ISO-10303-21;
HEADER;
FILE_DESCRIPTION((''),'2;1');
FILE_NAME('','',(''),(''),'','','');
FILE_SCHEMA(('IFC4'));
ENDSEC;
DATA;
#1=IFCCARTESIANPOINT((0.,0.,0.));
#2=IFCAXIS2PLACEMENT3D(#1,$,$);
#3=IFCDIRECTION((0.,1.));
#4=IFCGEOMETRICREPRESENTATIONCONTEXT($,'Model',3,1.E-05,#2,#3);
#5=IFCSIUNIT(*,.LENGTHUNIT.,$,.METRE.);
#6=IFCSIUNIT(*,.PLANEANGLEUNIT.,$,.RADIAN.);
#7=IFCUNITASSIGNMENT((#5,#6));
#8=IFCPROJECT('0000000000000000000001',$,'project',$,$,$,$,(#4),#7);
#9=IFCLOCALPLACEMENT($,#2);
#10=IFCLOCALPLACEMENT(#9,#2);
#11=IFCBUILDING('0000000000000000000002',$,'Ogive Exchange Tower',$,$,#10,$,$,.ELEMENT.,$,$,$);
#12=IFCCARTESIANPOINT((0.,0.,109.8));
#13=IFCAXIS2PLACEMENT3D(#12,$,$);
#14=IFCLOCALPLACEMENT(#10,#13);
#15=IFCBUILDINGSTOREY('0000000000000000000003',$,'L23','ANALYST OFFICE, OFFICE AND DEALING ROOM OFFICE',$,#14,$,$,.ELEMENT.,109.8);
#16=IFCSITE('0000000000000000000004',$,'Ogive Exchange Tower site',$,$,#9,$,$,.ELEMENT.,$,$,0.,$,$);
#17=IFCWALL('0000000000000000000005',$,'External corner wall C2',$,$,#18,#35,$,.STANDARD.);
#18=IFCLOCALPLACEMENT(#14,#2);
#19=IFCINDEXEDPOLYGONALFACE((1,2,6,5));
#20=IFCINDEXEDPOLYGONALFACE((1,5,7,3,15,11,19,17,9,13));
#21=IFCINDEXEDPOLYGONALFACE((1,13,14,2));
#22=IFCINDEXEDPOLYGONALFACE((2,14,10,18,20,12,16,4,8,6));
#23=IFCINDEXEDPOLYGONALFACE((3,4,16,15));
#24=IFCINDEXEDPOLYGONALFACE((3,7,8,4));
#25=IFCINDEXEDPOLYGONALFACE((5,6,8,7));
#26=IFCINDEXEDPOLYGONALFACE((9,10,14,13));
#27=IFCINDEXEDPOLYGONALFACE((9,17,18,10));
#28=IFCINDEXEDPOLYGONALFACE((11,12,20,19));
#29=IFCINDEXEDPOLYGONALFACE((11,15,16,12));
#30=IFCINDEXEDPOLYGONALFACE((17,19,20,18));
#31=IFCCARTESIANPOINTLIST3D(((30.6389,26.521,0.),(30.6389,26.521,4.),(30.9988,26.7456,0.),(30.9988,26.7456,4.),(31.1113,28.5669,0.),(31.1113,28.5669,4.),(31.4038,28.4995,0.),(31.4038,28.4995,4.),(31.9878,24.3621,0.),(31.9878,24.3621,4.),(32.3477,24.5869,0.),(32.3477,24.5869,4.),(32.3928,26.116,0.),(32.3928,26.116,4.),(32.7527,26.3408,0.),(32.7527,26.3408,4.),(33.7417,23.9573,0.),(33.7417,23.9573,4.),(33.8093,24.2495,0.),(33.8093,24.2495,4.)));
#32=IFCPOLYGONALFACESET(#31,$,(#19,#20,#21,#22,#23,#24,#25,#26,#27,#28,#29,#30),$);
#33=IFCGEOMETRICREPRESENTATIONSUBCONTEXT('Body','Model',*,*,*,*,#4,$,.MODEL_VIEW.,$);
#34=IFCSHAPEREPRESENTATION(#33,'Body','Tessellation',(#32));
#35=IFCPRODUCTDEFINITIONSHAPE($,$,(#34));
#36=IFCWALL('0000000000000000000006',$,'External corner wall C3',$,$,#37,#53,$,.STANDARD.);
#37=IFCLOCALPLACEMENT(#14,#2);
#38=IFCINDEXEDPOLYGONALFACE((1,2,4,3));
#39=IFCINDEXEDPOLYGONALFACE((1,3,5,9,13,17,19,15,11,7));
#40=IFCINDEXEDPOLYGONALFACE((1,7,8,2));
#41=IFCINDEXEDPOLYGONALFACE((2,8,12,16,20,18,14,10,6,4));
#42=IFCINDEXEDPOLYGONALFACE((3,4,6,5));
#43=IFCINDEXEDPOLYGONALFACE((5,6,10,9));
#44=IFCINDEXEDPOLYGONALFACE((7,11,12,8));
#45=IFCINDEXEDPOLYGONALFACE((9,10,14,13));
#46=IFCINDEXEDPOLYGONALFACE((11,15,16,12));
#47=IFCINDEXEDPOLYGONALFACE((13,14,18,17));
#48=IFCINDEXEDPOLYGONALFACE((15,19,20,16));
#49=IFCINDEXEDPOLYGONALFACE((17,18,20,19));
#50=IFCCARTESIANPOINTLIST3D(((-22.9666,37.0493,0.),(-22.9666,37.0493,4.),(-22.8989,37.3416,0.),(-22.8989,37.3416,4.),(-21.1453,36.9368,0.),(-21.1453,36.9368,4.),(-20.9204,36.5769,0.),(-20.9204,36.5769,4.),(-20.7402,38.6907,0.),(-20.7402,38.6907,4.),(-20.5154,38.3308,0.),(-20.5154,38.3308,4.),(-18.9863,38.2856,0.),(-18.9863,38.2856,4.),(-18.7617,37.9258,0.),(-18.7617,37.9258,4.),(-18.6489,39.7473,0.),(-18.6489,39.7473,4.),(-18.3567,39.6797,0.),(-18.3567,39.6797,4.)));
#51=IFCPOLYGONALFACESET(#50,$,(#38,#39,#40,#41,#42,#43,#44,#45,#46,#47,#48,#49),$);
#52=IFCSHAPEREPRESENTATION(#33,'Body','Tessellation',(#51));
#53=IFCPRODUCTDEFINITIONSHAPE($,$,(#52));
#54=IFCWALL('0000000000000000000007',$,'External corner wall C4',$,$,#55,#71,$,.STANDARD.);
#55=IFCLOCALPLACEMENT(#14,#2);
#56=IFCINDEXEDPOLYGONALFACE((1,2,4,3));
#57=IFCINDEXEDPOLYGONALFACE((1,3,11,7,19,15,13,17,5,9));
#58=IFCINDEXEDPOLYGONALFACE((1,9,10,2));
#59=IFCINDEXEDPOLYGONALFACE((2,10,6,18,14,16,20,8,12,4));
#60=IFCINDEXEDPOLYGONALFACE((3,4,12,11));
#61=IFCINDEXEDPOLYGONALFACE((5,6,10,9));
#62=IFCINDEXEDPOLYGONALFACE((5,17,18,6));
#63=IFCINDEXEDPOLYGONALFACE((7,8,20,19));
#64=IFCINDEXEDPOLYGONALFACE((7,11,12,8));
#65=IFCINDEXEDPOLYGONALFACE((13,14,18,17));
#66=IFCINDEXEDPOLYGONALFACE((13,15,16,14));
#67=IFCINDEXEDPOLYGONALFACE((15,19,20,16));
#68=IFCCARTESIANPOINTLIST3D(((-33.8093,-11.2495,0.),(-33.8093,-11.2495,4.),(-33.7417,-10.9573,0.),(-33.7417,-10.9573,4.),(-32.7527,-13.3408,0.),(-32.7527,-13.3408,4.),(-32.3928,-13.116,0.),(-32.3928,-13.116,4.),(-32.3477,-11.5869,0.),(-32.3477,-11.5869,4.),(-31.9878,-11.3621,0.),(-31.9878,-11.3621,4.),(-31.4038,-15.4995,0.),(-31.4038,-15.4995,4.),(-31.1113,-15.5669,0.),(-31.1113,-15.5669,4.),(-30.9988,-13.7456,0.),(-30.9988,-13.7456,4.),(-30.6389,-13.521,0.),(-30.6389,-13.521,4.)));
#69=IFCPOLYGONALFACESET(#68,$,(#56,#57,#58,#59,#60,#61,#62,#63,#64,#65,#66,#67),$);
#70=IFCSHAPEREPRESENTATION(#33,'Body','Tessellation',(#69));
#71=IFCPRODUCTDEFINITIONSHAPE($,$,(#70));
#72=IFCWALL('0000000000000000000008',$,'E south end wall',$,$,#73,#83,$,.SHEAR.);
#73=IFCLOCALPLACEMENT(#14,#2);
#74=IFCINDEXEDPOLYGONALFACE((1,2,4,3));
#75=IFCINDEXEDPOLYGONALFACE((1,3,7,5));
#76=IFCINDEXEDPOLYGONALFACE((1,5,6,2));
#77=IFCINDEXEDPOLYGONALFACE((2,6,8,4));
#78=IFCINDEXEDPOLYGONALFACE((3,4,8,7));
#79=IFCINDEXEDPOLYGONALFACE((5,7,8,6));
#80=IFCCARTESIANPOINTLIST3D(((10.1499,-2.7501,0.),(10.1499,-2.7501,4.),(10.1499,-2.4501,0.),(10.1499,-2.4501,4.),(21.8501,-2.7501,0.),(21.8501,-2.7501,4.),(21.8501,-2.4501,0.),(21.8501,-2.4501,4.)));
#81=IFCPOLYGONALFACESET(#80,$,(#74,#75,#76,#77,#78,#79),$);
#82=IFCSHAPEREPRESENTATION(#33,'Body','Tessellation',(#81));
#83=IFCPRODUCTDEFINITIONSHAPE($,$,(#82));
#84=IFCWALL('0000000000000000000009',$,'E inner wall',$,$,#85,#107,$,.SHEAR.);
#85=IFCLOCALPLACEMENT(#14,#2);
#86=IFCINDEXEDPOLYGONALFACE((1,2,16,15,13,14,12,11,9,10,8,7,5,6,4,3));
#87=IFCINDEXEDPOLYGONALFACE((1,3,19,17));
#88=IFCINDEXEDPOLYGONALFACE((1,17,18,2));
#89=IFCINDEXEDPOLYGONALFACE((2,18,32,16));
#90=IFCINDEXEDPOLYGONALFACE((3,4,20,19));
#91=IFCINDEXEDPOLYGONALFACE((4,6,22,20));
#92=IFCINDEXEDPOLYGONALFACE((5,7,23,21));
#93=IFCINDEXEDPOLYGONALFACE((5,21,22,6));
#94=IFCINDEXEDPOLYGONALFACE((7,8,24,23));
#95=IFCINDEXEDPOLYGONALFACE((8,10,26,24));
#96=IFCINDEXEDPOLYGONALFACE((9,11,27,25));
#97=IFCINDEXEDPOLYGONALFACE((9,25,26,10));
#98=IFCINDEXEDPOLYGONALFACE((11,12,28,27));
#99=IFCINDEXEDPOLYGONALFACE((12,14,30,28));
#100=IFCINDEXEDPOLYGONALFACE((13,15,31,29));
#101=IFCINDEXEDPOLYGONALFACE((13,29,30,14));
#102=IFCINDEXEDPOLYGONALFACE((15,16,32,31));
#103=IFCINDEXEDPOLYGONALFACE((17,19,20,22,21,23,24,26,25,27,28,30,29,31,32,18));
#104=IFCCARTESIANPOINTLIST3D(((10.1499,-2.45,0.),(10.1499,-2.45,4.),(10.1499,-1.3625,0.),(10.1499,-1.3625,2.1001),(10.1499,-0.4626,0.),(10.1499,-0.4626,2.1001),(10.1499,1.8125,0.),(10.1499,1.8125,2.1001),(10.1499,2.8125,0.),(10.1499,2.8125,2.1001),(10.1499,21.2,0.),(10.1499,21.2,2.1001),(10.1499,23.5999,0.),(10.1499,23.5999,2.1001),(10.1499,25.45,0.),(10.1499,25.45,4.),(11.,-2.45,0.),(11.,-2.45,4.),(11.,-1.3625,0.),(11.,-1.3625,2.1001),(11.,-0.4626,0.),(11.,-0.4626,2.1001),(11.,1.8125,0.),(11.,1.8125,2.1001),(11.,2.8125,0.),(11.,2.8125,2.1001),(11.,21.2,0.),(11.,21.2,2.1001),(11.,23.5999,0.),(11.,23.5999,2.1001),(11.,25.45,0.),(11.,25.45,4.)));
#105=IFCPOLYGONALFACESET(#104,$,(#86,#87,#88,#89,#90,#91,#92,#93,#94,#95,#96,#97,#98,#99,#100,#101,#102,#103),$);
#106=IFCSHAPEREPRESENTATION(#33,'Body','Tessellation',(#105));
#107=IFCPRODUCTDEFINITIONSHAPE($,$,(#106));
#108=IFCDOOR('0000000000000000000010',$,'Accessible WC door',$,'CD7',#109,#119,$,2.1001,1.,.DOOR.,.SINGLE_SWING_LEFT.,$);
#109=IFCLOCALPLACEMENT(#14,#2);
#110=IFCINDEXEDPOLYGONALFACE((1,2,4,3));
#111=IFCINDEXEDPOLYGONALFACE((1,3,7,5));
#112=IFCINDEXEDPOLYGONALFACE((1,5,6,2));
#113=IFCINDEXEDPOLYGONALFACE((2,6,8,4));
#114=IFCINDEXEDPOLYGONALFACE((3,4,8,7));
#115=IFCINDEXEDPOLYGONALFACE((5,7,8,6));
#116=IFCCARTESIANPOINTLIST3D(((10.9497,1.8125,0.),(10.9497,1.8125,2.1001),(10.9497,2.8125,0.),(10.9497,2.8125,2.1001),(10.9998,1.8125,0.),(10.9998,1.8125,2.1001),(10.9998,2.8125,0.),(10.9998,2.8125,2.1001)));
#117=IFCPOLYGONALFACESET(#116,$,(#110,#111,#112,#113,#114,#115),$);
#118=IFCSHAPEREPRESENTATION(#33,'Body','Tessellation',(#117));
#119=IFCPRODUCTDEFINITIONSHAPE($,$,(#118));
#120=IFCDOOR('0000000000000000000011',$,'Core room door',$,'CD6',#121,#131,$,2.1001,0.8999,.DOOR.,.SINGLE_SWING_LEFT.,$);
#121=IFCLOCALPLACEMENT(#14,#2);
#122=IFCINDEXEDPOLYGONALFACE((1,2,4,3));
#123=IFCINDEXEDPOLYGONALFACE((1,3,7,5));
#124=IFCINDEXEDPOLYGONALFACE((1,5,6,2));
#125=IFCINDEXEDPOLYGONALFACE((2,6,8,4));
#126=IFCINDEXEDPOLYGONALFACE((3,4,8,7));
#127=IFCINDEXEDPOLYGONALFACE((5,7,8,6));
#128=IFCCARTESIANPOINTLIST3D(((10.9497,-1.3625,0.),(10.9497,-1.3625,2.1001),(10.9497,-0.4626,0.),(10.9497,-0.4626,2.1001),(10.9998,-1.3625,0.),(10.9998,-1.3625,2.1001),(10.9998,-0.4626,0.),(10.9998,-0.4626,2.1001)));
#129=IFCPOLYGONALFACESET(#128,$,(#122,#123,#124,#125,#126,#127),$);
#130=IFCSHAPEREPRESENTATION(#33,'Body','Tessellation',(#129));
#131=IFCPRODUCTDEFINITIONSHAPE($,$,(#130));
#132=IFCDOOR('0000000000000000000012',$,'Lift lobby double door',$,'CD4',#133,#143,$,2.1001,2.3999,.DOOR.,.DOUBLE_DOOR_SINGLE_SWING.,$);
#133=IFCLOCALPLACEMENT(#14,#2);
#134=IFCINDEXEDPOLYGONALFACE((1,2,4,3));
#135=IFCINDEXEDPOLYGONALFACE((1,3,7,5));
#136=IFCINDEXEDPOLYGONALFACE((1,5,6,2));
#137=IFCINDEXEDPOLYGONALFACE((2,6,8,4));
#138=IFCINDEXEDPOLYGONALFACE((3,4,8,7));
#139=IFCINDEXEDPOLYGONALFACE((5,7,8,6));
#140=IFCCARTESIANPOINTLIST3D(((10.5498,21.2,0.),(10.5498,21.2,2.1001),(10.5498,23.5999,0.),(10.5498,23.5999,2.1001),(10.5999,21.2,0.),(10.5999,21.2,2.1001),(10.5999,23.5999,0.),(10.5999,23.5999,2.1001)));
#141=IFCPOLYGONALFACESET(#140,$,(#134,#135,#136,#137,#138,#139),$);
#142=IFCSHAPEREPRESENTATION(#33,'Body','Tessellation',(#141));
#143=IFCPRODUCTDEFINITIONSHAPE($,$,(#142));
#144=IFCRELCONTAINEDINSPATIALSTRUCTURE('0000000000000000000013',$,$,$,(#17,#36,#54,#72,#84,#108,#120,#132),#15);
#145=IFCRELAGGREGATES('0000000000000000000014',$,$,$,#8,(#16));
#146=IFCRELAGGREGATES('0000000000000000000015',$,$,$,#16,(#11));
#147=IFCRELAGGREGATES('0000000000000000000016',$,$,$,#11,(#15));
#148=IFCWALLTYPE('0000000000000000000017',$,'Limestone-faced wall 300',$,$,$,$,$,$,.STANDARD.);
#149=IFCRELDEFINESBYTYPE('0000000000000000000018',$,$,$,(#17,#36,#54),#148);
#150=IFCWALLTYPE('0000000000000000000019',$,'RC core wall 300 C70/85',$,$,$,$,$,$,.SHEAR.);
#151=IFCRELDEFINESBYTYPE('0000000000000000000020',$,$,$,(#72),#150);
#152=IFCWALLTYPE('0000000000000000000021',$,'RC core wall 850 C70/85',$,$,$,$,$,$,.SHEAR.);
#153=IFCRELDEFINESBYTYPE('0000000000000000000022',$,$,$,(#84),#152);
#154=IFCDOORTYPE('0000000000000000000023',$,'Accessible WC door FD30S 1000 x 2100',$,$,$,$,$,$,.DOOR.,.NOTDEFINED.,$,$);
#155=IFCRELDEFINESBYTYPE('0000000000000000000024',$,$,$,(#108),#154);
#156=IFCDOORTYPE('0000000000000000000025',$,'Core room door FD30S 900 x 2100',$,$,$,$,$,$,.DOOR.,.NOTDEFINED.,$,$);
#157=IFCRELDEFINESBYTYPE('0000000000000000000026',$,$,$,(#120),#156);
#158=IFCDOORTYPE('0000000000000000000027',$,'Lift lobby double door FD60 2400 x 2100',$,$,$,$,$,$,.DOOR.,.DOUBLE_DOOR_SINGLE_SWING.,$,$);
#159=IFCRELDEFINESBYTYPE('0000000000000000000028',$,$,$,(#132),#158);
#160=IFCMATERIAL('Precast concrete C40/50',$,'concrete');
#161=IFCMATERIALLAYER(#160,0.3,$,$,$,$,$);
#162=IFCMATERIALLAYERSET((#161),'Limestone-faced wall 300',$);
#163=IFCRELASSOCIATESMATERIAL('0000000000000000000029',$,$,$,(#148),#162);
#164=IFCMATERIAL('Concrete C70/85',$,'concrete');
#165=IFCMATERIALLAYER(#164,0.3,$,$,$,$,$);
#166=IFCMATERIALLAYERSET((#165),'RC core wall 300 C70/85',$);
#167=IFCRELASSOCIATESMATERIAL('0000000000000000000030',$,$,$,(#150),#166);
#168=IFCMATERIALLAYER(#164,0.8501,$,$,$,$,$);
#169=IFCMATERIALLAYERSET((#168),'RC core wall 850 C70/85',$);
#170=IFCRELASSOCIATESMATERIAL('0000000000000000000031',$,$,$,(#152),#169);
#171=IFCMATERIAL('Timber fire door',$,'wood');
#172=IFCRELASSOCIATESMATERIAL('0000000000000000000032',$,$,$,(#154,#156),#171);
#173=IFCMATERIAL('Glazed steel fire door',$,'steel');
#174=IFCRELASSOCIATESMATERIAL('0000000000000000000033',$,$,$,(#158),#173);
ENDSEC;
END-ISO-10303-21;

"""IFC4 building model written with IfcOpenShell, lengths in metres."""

from ifc_helpers import new_model, si_unit, direction, frame, frame_2d, origin, place, context, subcontext, project, spatial, polyline, rectangle, outline, extrude, material, layer, layer_set, type_object, element, fill, save


model = new_model("IFC4")

# Units and contexts
model_context = context("Model", 3, precision=1e-05, world=origin(), true_north=direction((0.0, 1.0)))
body_context = subcontext(model_context, "Body", "Model", "MODEL_VIEW")
ifc_project = project(units=[si_unit("LENGTHUNIT", "METRE"), si_unit("PLANEANGLEUNIT", "RADIAN")], contexts=[model_context])

# Site, building, storey
site_placement = place(None, origin())
site = spatial("IfcSite", under=ifc_project, at=site_placement, Name="Ogive Exchange Tower site", CompositionType="ELEMENT", RefElevation=0.0)
building_placement = place(site_placement, origin())
building = spatial("IfcBuilding", under=site, at=building_placement, Name="Ogive Exchange Tower", CompositionType="ELEMENT")
storey_placement = place(building_placement, frame((0.0, 0.0, 109.8)))
storey = spatial("IfcBuildingStorey", under=building, at=storey_placement, Name="L23", Description="ANALYST OFFICE, OFFICE AND DEALING ROOM OFFICE", CompositionType="ELEMENT", Elevation=109.8)

# Shared definitions
ifc_material_1 = material(Name="Concrete C70/85", Category="concrete")

# Walls
ifc_material_2 = material(Name="Precast concrete C40/50", Category="concrete")
ifc_layer_1 = layer(ifc_material_2, 0.3)
ifc_layer_set_1 = layer_set([ifc_layer_1], Name="Limestone-faced wall 300")
wall_type_1 = type_object("IfcWallType", Name="Limestone-faced wall 300", PredefinedType="STANDARD", material=ifc_layer_set_1)
wall_1_placement = place(storey_placement, origin())
element("IfcWall", 1, at=wall_1_placement, inside=storey, type_object=wall_type_1, Name="External corner wall C2", PredefinedType="STANDARD", context=body_context, shape_type="SweptSolid", body=[
    extrude(outline(polyline([(32.3928, 26.116), (30.6389, 26.521), (31.1113, 28.5669), (31.4038, 28.4995), (30.9988, 26.7456), (32.7527, 26.3408), (32.3477, 24.5869), (33.8093, 24.2495), (33.7417, 23.9573), (31.9878, 24.3621), (32.3928, 26.116)])), origin(), (0.0, 0.0, 1.0), 4.0),
])
wall_2_placement = place(storey_placement, origin())
element("IfcWall", 2, at=wall_2_placement, inside=storey, type_object=wall_type_1, Name="External corner wall C3", PredefinedType="STANDARD", context=body_context, shape_type="SweptSolid", body=[
    extrude(outline(polyline([(-22.9666, 37.0493), (-22.8989, 37.3416), (-21.1453, 36.9368), (-20.7402, 38.6907), (-18.9863, 38.2856), (-18.6489, 39.7473), (-18.3567, 39.6797), (-18.7617, 37.9258), (-20.5154, 38.3308), (-20.9204, 36.5769), (-22.9666, 37.0493)])), origin(), (0.0, 0.0, 1.0), 4.0),
])
wall_3_placement = place(storey_placement, origin())
element("IfcWall", 3, at=wall_3_placement, inside=storey, type_object=wall_type_1, Name="External corner wall C4", PredefinedType="STANDARD", context=body_context, shape_type="SweptSolid", body=[
    extrude(outline(polyline([(-32.3928, -13.116), (-30.6389, -13.521), (-31.1113, -15.5669), (-31.4038, -15.4995), (-30.9988, -13.7456), (-32.7527, -13.3408), (-32.3477, -11.5869), (-33.8093, -11.2495), (-33.7417, -10.9573), (-31.9878, -11.3621), (-32.3928, -13.116)])), origin(), (0.0, 0.0, 1.0), 4.0),
])
ifc_layer_2 = layer(ifc_material_1, 0.3)
ifc_layer_set_2 = layer_set([ifc_layer_2], Name="RC core wall 300 C70/85")
wall_type_2 = type_object("IfcWallType", Name="RC core wall 300 C70/85", PredefinedType="SHEAR", material=ifc_layer_set_2)
wall_4_placement = place(storey_placement, frame((10.1499, -2.6001, 0.0), z_axis=(0.0, 0.0, 1.0), x_axis=(1.0, 0.0, 0.0)))
element("IfcWall", 4, at=wall_4_placement, inside=storey, type_object=wall_type_2, Name="E south end wall", PredefinedType="SHEAR", context=body_context, shape_type="SweptSolid", body=[
    extrude(rectangle(XDim=11.7002, YDim=0.3, at=frame_2d((5.8501, 0.0))), origin(), (0.0, 0.0, 1.0), 4.0),
])

# Wall, openings, doors
ifc_layer_3 = layer(ifc_material_1, 0.8501)
ifc_layer_set_3 = layer_set([ifc_layer_3], Name="RC core wall 850 C70/85")
wall_type_3 = type_object("IfcWallType", Name="RC core wall 850 C70/85", PredefinedType="SHEAR", material=ifc_layer_set_3)
wall_5_placement = place(storey_placement, frame((10.575, -2.45, 0.0), z_axis=(0.0, 0.0, 1.0), x_axis=(0.0, 1.0, 0.0)))
wall_5 = element("IfcWall", 5, at=wall_5_placement, inside=storey, type_object=wall_type_3, Name="E inner wall", PredefinedType="SHEAR", context=body_context, shape_type="SweptSolid", body=[
    extrude(rectangle(XDim=27.8999, YDim=0.8501, at=frame_2d((13.95, 0.0))), origin(), (0.0, 0.0, 1.0), 4.0),
])
opening_1_placement = place(wall_5_placement, frame((23.6499, 0.0, 0.0)))
opening_1 = element("IfcOpeningElement", 6, at=opening_1_placement, cuts=wall_5, PredefinedType="OPENING", context=body_context, shape_type="SweptSolid", body=[
    extrude(rectangle(XDim=2.3999, YDim=2.1001, at=frame_2d((1.2, 1.05))), frame((0.0, 0.4351, 0.0), z_axis=(0.0, -1.0, 0.0), x_axis=(1.0, 0.0, 0.0)), (0.0, 0.0, 1.0), 0.8701),
])
opening_2_placement = place(wall_5_placement, frame((1.0874, 0.0, 0.0)))
opening_2 = element("IfcOpeningElement", 7, at=opening_2_placement, cuts=wall_5, PredefinedType="OPENING", context=body_context, shape_type="SweptSolid", body=[
    extrude(rectangle(XDim=0.8999, YDim=2.1001, at=frame_2d((0.45, 1.05))), frame((0.0, 0.4351, 0.0), z_axis=(0.0, -1.0, 0.0), x_axis=(1.0, 0.0, 0.0)), (0.0, 0.0, 1.0), 0.8701),
])
opening_3_placement = place(wall_5_placement, frame((4.2625, 0.0, 0.0)))
opening_3 = element("IfcOpeningElement", 8, at=opening_3_placement, cuts=wall_5, PredefinedType="OPENING", context=body_context, shape_type="SweptSolid", body=[
    extrude(rectangle(XDim=1.0, YDim=2.1001, at=frame_2d((0.5, 1.05))), frame((0.0, 0.4351, 0.0), z_axis=(0.0, -1.0, 0.0), x_axis=(1.0, 0.0, 0.0)), (0.0, 0.0, 1.0), 0.8701),
])
ifc_material_3 = material(Name="Timber fire door", Category="wood")
door_type_1 = type_object("IfcDoorType", Name="Accessible WC door FD30S 1000 x 2100", OperationType="NOTDEFINED", PredefinedType="DOOR", material=ifc_material_3)
door_1_placement = place(opening_3_placement, frame((1.0, -0.7998, 0.0), z_axis=(0.0, 0.0, 1.0), x_axis=(-1.0, 0.0, 0.0)))
door_1 = element("IfcDoor", 9, at=door_1_placement, inside=storey, type_object=door_type_1, Name="Accessible WC door", ObjectType="CD7", OperationType="SINGLE_SWING_LEFT", OverallHeight=2.1001, OverallWidth=1.0, PredefinedType="DOOR", context=body_context, shape_type="SweptSolid", body=[
    extrude(rectangle(XDim=1.0, YDim=2.1001, at=frame_2d((0.5, 1.05))), frame((0.0, -0.375, 0.0), z_axis=(0.0, -1.0, 0.0), x_axis=(1.0, 0.0, 0.0)), (0.0, 0.0, 1.0), 0.05),
])
fill(opening_3, door_1)
door_type_2 = type_object("IfcDoorType", Name="Core room door FD30S 900 x 2100", OperationType="NOTDEFINED", PredefinedType="DOOR", material=ifc_material_3)
door_2_placement = place(opening_2_placement, frame((0.8999, -0.7998, 0.0), z_axis=(0.0, 0.0, 1.0), x_axis=(-1.0, 0.0, 0.0)))
door_2 = element("IfcDoor", 10, at=door_2_placement, inside=storey, type_object=door_type_2, Name="Core room door", ObjectType="CD6", OperationType="SINGLE_SWING_LEFT", OverallHeight=2.1001, OverallWidth=0.8999, PredefinedType="DOOR", context=body_context, shape_type="SweptSolid", body=[
    extrude(rectangle(XDim=0.8999, YDim=2.1001, at=frame_2d((0.45, 1.05))), frame((0.0, -0.375, 0.0), z_axis=(0.0, -1.0, 0.0), x_axis=(1.0, 0.0, 0.0)), (0.0, 0.0, 1.0), 0.05),
])
fill(opening_2, door_2)
ifc_material_4 = material(Name="Glazed steel fire door", Category="steel")
door_type_3 = type_object("IfcDoorType", Name="Lift lobby double door FD60 2400 x 2100", OperationType="DOUBLE_DOOR_SINGLE_SWING", PredefinedType="DOOR", material=ifc_material_4)
door_3_placement = place(opening_1_placement, frame((2.3999, 0.0, 0.0), z_axis=(0.0, 0.0, 1.0), x_axis=(-1.0, 0.0, 0.0)))
door_3 = element("IfcDoor", 11, at=door_3_placement, inside=storey, type_object=door_type_3, Name="Lift lobby double door", ObjectType="CD4", OperationType="DOUBLE_DOOR_SINGLE_SWING", OverallHeight=2.1001, OverallWidth=2.3999, PredefinedType="DOOR", context=body_context, shape_type="SweptSolid", body=[
    extrude(rectangle(XDim=2.3999, YDim=2.1001, at=frame_2d((1.2, 1.05))), frame((0.0, 0.0249, 0.0), z_axis=(0.0, -1.0, 0.0), x_axis=(1.0, 0.0, 0.0)), (0.0, 0.0, 1.0), 0.05),
])
fill(opening_1, door_3)

save(model, "model.ifc")
